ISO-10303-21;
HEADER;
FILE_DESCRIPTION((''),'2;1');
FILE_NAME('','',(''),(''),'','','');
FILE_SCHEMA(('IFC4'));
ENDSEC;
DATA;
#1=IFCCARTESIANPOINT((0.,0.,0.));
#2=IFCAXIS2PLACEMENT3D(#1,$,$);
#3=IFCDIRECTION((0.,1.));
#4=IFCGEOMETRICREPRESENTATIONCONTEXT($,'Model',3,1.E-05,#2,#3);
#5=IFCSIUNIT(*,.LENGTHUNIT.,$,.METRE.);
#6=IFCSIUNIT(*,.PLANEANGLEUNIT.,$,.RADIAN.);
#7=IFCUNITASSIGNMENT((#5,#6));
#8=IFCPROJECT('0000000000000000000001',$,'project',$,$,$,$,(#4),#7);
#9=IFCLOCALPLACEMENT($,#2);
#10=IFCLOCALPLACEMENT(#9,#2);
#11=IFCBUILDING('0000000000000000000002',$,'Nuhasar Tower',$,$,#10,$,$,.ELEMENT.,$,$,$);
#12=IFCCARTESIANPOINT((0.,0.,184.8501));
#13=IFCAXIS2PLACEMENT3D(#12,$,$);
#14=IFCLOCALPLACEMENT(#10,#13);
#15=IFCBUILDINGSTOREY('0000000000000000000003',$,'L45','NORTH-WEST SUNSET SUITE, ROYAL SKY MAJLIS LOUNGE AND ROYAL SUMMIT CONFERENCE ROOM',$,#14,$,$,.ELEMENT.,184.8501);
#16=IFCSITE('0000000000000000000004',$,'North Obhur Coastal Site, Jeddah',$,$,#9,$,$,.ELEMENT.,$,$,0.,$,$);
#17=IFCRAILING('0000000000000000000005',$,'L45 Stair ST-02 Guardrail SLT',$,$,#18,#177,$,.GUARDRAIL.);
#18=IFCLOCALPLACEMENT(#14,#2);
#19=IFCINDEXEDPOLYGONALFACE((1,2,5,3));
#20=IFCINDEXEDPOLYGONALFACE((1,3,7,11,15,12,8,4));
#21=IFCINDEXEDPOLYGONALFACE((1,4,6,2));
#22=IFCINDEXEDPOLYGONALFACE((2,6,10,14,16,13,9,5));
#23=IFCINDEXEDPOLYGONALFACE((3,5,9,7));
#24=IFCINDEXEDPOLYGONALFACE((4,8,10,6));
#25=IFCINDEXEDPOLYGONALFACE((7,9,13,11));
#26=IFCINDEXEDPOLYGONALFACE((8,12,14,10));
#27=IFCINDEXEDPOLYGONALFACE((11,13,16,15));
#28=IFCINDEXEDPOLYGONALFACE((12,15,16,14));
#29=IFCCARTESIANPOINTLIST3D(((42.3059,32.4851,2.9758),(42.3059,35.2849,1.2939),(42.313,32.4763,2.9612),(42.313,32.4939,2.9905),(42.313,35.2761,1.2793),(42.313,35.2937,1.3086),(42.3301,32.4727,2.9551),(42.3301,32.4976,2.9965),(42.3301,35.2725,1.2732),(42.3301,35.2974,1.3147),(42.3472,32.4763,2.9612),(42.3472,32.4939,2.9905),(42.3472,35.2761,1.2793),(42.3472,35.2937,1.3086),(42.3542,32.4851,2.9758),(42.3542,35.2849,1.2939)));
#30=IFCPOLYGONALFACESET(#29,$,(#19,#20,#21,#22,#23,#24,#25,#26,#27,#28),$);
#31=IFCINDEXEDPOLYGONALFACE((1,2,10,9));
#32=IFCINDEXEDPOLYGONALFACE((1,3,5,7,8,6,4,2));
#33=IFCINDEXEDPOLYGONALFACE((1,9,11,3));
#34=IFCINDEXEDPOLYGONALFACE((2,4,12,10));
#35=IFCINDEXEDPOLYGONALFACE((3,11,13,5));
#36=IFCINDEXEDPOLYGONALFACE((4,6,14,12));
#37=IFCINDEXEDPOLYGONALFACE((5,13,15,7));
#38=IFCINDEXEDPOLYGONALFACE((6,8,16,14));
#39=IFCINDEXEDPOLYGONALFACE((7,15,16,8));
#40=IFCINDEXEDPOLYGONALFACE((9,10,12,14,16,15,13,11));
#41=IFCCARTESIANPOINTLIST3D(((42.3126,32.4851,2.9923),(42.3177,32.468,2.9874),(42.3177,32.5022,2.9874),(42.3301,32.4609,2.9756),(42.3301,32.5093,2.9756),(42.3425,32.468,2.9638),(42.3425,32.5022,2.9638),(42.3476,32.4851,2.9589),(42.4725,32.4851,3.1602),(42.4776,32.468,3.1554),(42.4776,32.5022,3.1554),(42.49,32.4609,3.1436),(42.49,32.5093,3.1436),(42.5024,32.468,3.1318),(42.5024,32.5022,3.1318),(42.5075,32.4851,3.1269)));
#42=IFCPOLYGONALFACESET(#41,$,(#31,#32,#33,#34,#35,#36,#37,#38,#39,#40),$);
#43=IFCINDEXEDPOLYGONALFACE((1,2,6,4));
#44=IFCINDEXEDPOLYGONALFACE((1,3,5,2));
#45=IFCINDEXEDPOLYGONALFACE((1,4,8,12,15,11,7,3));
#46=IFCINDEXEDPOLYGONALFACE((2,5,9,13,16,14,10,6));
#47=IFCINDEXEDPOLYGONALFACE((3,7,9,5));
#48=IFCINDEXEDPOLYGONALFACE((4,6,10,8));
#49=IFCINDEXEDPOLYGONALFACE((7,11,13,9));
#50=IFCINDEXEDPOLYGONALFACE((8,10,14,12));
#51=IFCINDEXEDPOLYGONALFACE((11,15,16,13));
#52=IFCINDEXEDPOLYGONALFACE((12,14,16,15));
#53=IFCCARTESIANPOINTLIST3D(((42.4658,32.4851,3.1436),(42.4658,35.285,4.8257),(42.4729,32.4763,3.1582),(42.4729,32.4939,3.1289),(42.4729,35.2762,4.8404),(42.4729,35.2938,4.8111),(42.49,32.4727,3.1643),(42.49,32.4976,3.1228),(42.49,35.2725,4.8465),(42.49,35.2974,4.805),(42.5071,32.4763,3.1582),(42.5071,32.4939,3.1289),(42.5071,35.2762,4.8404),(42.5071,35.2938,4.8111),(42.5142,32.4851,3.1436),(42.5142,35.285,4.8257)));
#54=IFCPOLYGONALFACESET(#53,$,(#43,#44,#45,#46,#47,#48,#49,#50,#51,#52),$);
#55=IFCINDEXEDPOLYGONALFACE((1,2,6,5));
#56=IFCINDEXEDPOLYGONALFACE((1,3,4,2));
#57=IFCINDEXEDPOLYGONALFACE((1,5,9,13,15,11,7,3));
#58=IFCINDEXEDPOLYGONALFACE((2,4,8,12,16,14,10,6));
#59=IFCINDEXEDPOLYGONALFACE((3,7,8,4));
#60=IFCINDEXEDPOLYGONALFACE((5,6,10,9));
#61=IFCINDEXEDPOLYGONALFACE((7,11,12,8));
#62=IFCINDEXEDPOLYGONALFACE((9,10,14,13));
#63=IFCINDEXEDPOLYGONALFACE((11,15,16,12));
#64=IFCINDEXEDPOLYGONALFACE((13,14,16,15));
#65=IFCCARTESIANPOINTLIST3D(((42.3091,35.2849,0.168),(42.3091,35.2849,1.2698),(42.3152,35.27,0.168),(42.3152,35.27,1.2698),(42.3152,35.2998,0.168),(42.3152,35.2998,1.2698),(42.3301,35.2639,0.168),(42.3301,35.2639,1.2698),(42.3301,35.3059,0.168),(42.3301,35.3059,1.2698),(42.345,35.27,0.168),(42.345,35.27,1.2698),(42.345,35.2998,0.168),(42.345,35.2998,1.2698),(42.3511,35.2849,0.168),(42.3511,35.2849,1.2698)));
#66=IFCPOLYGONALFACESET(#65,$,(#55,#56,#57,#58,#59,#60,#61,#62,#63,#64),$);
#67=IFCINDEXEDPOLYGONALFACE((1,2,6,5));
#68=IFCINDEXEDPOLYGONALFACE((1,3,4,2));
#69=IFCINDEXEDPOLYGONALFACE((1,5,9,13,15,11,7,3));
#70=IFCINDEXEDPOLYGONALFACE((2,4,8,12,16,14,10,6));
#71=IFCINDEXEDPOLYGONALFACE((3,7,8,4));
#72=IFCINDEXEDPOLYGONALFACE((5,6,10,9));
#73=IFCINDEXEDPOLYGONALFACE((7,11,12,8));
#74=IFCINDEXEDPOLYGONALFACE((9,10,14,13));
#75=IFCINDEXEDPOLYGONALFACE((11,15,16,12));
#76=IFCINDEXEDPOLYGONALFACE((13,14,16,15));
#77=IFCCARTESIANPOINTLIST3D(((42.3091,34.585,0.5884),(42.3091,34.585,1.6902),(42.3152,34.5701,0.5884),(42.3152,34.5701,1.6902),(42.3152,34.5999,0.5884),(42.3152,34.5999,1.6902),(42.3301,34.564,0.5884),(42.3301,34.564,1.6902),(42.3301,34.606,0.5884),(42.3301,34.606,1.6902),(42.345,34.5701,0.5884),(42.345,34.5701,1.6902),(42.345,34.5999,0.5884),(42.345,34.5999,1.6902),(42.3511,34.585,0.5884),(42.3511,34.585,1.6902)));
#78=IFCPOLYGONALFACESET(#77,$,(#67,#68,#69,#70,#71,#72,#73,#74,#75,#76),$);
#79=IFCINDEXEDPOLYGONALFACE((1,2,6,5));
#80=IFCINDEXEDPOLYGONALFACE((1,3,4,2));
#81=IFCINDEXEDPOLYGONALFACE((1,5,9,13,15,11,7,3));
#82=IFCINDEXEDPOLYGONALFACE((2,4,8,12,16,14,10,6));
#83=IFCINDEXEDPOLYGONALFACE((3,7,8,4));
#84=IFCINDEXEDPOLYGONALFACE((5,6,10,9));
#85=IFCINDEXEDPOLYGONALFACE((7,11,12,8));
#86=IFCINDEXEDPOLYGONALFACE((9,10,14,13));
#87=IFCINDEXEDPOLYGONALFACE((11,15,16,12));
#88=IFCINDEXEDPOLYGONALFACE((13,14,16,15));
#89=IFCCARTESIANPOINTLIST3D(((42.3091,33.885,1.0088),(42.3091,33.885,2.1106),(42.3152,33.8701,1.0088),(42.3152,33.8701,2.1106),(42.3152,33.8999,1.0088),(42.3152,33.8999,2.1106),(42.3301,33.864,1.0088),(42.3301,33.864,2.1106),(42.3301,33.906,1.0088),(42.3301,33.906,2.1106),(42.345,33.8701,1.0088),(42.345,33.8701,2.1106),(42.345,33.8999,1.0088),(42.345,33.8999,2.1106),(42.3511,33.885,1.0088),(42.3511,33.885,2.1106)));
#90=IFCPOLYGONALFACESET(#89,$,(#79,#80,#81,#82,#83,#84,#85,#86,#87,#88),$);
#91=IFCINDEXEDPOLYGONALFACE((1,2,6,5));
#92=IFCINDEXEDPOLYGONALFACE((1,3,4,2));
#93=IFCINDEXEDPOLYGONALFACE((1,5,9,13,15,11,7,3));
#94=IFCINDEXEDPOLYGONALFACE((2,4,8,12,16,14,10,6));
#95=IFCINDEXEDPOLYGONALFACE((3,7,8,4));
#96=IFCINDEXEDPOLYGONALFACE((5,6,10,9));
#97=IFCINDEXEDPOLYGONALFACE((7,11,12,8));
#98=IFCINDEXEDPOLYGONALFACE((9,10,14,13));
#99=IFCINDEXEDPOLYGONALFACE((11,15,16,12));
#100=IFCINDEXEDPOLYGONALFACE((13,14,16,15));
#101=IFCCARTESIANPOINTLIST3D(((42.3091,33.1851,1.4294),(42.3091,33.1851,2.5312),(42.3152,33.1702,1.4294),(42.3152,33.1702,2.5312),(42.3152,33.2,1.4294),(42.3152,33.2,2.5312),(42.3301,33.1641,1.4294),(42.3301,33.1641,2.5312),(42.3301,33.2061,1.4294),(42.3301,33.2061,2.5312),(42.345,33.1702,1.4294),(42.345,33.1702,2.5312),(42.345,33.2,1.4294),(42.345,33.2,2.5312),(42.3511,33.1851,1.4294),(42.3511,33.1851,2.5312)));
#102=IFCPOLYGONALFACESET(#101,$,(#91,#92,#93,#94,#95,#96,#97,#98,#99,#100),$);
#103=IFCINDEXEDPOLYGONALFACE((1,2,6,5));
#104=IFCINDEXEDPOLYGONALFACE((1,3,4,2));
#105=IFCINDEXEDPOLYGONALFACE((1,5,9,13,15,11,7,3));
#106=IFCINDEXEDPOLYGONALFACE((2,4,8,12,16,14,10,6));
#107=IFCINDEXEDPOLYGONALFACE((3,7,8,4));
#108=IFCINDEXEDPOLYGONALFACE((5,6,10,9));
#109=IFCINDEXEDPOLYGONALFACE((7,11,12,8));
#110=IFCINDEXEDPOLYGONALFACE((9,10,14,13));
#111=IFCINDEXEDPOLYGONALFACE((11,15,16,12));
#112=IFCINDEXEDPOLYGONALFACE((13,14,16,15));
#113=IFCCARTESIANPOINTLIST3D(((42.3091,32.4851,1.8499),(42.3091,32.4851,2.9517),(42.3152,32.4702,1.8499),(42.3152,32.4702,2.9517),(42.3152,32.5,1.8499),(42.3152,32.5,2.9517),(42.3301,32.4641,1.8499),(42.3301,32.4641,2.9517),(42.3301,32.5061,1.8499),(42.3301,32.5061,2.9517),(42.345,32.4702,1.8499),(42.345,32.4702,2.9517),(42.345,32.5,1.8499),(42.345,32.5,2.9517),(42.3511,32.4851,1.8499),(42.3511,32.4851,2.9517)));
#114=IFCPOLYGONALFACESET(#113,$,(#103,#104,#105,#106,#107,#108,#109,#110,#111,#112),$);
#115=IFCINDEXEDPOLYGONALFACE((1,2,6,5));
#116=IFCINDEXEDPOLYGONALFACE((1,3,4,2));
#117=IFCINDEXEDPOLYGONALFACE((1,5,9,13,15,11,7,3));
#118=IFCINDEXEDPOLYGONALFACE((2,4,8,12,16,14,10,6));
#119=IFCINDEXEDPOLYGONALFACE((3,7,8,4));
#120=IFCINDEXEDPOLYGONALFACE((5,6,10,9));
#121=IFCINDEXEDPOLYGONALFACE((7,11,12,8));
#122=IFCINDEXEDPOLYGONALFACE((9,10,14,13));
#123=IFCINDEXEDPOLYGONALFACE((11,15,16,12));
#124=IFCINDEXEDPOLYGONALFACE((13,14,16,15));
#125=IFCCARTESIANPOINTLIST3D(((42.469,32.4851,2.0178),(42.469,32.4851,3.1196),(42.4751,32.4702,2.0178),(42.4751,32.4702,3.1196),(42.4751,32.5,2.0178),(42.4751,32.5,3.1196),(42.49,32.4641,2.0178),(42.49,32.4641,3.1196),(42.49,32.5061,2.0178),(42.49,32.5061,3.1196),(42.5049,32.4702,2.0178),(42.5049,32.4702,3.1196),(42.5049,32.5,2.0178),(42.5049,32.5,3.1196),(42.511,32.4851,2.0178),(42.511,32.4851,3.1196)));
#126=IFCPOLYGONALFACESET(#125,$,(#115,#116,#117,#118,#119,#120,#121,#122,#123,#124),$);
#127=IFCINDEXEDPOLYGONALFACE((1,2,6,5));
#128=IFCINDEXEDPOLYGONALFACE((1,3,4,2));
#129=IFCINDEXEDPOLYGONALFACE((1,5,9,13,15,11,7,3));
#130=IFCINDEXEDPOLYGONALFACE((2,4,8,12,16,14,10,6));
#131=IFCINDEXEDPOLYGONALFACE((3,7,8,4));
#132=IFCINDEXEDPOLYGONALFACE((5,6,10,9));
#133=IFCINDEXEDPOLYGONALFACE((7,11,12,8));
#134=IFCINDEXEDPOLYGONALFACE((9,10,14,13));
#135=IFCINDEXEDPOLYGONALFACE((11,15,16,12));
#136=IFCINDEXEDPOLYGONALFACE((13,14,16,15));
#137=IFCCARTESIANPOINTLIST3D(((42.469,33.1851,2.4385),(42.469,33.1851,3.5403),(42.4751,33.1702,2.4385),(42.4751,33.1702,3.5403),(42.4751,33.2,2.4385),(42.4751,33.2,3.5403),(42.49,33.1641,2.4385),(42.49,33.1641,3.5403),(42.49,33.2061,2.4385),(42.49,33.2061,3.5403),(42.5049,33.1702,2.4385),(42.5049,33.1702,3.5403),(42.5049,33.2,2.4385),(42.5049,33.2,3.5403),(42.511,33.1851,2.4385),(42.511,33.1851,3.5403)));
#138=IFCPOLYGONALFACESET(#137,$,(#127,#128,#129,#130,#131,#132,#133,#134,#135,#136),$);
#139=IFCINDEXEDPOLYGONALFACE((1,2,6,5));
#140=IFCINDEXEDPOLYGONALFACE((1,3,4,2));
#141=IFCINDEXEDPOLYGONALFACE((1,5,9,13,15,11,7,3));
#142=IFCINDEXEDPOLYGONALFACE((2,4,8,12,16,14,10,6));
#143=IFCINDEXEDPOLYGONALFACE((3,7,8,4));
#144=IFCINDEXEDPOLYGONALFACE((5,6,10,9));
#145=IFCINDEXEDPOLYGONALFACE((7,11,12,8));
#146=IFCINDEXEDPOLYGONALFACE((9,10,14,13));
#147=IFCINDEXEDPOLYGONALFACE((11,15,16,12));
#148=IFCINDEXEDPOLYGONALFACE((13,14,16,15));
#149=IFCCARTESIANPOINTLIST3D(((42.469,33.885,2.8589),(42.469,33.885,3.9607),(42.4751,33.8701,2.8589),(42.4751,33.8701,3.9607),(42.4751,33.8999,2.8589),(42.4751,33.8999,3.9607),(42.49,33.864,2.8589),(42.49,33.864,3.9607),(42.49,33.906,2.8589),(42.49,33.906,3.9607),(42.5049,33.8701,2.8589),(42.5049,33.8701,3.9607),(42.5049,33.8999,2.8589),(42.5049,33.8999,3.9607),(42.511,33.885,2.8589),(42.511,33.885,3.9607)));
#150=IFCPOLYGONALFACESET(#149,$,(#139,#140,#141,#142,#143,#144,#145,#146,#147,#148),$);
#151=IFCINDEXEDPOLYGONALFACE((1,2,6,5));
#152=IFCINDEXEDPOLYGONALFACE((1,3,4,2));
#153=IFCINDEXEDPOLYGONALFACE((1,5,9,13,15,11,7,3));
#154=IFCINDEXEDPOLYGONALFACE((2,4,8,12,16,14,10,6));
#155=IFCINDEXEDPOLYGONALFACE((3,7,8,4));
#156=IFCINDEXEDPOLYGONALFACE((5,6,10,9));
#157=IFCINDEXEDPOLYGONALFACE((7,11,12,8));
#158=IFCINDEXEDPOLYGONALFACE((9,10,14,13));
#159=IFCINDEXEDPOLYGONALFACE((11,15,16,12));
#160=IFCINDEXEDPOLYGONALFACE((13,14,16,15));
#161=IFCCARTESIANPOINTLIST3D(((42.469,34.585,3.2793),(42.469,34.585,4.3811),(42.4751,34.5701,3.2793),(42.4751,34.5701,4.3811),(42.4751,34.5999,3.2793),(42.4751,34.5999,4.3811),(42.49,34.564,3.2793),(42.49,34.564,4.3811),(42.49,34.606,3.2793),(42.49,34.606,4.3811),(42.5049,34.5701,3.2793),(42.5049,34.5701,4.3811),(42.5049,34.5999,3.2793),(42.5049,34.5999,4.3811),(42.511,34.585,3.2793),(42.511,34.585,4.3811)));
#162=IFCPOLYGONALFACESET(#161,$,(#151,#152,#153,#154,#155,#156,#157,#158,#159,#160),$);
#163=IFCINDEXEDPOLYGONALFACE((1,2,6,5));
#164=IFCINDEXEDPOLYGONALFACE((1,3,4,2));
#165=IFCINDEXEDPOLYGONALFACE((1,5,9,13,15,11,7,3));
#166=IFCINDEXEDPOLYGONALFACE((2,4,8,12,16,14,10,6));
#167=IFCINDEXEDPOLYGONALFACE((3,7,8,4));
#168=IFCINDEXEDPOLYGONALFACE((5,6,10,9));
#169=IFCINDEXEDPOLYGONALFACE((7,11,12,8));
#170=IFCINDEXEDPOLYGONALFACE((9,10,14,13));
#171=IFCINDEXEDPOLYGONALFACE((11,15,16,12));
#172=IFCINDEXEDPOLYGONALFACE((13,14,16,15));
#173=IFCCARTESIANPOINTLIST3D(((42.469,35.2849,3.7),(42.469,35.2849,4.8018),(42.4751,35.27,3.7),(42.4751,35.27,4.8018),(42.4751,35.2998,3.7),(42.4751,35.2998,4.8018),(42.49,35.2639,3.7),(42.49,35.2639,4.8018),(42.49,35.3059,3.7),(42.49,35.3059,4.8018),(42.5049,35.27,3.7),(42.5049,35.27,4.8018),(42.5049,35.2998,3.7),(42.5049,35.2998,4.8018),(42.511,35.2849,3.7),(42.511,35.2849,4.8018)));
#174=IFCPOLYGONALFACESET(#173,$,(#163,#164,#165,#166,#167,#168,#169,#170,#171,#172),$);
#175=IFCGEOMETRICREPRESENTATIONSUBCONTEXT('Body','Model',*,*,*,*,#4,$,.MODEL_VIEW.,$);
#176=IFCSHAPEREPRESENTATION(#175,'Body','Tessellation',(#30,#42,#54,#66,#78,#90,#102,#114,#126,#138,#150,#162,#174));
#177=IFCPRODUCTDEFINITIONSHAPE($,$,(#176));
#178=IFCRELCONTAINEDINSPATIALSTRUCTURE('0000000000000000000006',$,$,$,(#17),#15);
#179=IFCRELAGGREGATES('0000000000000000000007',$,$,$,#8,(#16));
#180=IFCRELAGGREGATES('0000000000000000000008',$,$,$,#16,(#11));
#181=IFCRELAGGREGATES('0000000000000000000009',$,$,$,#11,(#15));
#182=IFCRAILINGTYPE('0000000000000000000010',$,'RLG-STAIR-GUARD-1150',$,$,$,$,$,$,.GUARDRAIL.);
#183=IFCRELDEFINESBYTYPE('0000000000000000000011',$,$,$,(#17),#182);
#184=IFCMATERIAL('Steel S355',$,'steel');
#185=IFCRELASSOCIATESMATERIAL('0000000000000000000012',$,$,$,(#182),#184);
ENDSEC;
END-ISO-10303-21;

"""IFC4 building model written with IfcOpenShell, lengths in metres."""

from ifc_helpers import new_model, si_unit, direction, frame, origin, place, context, subcontext, project, spatial, polyline, outline, extrude, material, type_object, element, save


model = new_model("IFC4")

# Units and contexts
model_context = context("Model", 3, precision=1e-05, world=origin(), true_north=direction((0.0, 1.0)))
body_context = subcontext(model_context, "Body", "Model", "MODEL_VIEW")
ifc_project = project(units=[si_unit("LENGTHUNIT", "METRE"), si_unit("PLANEANGLEUNIT", "RADIAN")], contexts=[model_context])

# Site, building, storey
site_placement = place(None, origin())
site = spatial("IfcSite", under=ifc_project, at=site_placement, Name="North Obhur Coastal Site, Jeddah", CompositionType="ELEMENT", RefElevation=0.0)
building_placement = place(site_placement, origin())
building = spatial("IfcBuilding", under=site, at=building_placement, Name="Nuhasar Tower", CompositionType="ELEMENT")
storey_placement = place(building_placement, frame((0.0, 0.0, 184.8501)))
storey = spatial("IfcBuildingStorey", under=building, at=storey_placement, Name="L45", Description="NORTH-WEST SUNSET SUITE, ROYAL SKY MAJLIS LOUNGE AND ROYAL SUMMIT CONFERENCE ROOM", CompositionType="ELEMENT", Elevation=184.8501)

# Shared definitions
ifc_material_1 = material(Name="Steel S355", Category="steel")

# Railing
railing_type_1 = type_object("IfcRailingType", Name="RLG-STAIR-GUARD-1150", PredefinedType="GUARDRAIL", material=ifc_material_1)
railing_1_placement = place(storey_placement, frame((42.3301, 35.2849, 0.168)))
element("IfcRailing", 1, at=railing_1_placement, inside=storey, type_object=railing_type_1, Name="L45 Stair ST-02 Guardrail SLT", PredefinedType="GUARDRAIL", context=body_context, shape_type="SweptSolid", body=[
    extrude(outline(polyline([(0.0242, 0.0), (0.0171, 0.0171), (0.0, 0.0242), (-0.0171, 0.0171), (-0.0242, 0.0), (-0.0171, -0.0171), (0.0, -0.0242), (0.0171, -0.0171), (0.0242, 0.0)])), frame((0.0, 0.0, 1.126), z_axis=(0.0, -0.857222, 0.514946), x_axis=(1.0, 0.0, 0.0)), (0.0, 0.0, 1.0), 3.2661),
    extrude(outline(polyline([(0.0242, 0.0), (0.0171, 0.0171), (0.0, 0.0242), (-0.0171, 0.0171), (-0.0242, 0.0), (-0.0171, -0.0171), (0.0, -0.0242), (0.0171, -0.0171), (0.0242, 0.0)])), frame((0.0, -2.7998, 2.8076), z_axis=(0.689524, 0.0, 0.724263), x_axis=(0.0, 1.0, 0.0)), (0.0, 0.0, 1.0), 0.2319),
    extrude(outline(polyline([(0.0242, 0.0), (0.0171, 0.0171), (0.0, 0.0242), (-0.0171, 0.0171), (-0.0242, 0.0), (-0.0171, -0.0171), (0.0, -0.0242), (0.0171, -0.0171), (0.0242, 0.0)])), frame((0.1599, -2.7998, 2.9756), z_axis=(0.0, 0.857189, 0.515001), x_axis=(-1.0, 0.0, 0.0)), (0.0, 0.0, 1.0), 3.2664),
    extrude(outline(polyline([(0.021, 0.0), (0.0149, 0.0149), (0.0, 0.021), (-0.0149, 0.0149), (-0.021, 0.0), (-0.0149, -0.0149), (0.0, -0.021), (0.0149, -0.0149), (0.021, 0.0)])), origin(), (0.0, 0.0, 1.0), 1.1018),
    extrude(outline(polyline([(0.021, 0.0), (0.0149, 0.0149), (0.0, 0.021), (-0.0149, 0.0149), (-0.021, 0.0), (-0.0149, -0.0149), (0.0, -0.021), (0.0149, -0.0149), (0.021, 0.0)])), frame((0.0, -0.7, 0.4204)), (0.0, 0.0, 1.0), 1.1018),
    extrude(outline(polyline([(0.021, 0.0), (0.0149, 0.0149), (0.0, 0.021), (-0.0149, 0.0149), (-0.021, 0.0), (-0.0149, -0.0149), (0.0, -0.021), (0.0149, -0.0149), (0.021, 0.0)])), frame((0.0, -1.3999, 0.8408)), (0.0, 0.0, 1.0), 1.1018),
    extrude(outline(polyline([(0.021, 0.0), (0.0149, 0.0149), (0.0, 0.021), (-0.0149, 0.0149), (-0.021, 0.0), (-0.0149, -0.0149), (0.0, -0.021), (0.0149, -0.0149), (0.021, 0.0)])), frame((0.0, -2.0999, 1.2615)), (0.0, 0.0, 1.0), 1.1018),
    extrude(outline(polyline([(0.021, 0.0), (0.0149, 0.0149), (0.0, 0.021), (-0.0149, 0.0149), (-0.021, 0.0), (-0.0149, -0.0149), (0.0, -0.021), (0.0149, -0.0149), (0.021, 0.0)])), frame((0.0, -2.7998, 1.6819)), (0.0, 0.0, 1.0), 1.1018),
    extrude(outline(polyline([(0.021, 0.0), (0.0149, 0.0149), (0.0, 0.021), (-0.0149, 0.0149), (-0.021, 0.0), (-0.0149, -0.0149), (0.0, -0.021), (0.0149, -0.0149), (0.021, 0.0)])), frame((0.1599, -2.7998, 1.8499)), (0.0, 0.0, 1.0), 1.1018),
    extrude(outline(polyline([(0.021, 0.0), (0.0149, 0.0149), (0.0, 0.021), (-0.0149, 0.0149), (-0.021, 0.0), (-0.0149, -0.0149), (0.0, -0.021), (0.0149, -0.0149), (0.021, 0.0)])), frame((0.1599, -2.0999, 2.2705)), (0.0, 0.0, 1.0), 1.1018),
    extrude(outline(polyline([(0.021, 0.0), (0.0149, 0.0149), (0.0, 0.021), (-0.0149, 0.0149), (-0.021, 0.0), (-0.0149, -0.0149), (0.0, -0.021), (0.0149, -0.0149), (0.021, 0.0)])), frame((0.1599, -1.3999, 2.6909)), (0.0, 0.0, 1.0), 1.1018),
    extrude(outline(polyline([(0.021, 0.0), (0.0149, 0.0149), (0.0, 0.021), (-0.0149, 0.0149), (-0.021, 0.0), (-0.0149, -0.0149), (0.0, -0.021), (0.0149, -0.0149), (0.021, 0.0)])), frame((0.1599, -0.7, 3.1113)), (0.0, 0.0, 1.0), 1.1018),
    extrude(outline(polyline([(0.021, 0.0), (0.0149, 0.0149), (0.0, 0.021), (-0.0149, 0.0149), (-0.021, 0.0), (-0.0149, -0.0149), (0.0, -0.021), (0.0149, -0.0149), (0.021, 0.0)])), frame((0.1599, 0.0, 3.532)), (0.0, 0.0, 1.0), 1.1018),
])

save(model, "model.ifc")
